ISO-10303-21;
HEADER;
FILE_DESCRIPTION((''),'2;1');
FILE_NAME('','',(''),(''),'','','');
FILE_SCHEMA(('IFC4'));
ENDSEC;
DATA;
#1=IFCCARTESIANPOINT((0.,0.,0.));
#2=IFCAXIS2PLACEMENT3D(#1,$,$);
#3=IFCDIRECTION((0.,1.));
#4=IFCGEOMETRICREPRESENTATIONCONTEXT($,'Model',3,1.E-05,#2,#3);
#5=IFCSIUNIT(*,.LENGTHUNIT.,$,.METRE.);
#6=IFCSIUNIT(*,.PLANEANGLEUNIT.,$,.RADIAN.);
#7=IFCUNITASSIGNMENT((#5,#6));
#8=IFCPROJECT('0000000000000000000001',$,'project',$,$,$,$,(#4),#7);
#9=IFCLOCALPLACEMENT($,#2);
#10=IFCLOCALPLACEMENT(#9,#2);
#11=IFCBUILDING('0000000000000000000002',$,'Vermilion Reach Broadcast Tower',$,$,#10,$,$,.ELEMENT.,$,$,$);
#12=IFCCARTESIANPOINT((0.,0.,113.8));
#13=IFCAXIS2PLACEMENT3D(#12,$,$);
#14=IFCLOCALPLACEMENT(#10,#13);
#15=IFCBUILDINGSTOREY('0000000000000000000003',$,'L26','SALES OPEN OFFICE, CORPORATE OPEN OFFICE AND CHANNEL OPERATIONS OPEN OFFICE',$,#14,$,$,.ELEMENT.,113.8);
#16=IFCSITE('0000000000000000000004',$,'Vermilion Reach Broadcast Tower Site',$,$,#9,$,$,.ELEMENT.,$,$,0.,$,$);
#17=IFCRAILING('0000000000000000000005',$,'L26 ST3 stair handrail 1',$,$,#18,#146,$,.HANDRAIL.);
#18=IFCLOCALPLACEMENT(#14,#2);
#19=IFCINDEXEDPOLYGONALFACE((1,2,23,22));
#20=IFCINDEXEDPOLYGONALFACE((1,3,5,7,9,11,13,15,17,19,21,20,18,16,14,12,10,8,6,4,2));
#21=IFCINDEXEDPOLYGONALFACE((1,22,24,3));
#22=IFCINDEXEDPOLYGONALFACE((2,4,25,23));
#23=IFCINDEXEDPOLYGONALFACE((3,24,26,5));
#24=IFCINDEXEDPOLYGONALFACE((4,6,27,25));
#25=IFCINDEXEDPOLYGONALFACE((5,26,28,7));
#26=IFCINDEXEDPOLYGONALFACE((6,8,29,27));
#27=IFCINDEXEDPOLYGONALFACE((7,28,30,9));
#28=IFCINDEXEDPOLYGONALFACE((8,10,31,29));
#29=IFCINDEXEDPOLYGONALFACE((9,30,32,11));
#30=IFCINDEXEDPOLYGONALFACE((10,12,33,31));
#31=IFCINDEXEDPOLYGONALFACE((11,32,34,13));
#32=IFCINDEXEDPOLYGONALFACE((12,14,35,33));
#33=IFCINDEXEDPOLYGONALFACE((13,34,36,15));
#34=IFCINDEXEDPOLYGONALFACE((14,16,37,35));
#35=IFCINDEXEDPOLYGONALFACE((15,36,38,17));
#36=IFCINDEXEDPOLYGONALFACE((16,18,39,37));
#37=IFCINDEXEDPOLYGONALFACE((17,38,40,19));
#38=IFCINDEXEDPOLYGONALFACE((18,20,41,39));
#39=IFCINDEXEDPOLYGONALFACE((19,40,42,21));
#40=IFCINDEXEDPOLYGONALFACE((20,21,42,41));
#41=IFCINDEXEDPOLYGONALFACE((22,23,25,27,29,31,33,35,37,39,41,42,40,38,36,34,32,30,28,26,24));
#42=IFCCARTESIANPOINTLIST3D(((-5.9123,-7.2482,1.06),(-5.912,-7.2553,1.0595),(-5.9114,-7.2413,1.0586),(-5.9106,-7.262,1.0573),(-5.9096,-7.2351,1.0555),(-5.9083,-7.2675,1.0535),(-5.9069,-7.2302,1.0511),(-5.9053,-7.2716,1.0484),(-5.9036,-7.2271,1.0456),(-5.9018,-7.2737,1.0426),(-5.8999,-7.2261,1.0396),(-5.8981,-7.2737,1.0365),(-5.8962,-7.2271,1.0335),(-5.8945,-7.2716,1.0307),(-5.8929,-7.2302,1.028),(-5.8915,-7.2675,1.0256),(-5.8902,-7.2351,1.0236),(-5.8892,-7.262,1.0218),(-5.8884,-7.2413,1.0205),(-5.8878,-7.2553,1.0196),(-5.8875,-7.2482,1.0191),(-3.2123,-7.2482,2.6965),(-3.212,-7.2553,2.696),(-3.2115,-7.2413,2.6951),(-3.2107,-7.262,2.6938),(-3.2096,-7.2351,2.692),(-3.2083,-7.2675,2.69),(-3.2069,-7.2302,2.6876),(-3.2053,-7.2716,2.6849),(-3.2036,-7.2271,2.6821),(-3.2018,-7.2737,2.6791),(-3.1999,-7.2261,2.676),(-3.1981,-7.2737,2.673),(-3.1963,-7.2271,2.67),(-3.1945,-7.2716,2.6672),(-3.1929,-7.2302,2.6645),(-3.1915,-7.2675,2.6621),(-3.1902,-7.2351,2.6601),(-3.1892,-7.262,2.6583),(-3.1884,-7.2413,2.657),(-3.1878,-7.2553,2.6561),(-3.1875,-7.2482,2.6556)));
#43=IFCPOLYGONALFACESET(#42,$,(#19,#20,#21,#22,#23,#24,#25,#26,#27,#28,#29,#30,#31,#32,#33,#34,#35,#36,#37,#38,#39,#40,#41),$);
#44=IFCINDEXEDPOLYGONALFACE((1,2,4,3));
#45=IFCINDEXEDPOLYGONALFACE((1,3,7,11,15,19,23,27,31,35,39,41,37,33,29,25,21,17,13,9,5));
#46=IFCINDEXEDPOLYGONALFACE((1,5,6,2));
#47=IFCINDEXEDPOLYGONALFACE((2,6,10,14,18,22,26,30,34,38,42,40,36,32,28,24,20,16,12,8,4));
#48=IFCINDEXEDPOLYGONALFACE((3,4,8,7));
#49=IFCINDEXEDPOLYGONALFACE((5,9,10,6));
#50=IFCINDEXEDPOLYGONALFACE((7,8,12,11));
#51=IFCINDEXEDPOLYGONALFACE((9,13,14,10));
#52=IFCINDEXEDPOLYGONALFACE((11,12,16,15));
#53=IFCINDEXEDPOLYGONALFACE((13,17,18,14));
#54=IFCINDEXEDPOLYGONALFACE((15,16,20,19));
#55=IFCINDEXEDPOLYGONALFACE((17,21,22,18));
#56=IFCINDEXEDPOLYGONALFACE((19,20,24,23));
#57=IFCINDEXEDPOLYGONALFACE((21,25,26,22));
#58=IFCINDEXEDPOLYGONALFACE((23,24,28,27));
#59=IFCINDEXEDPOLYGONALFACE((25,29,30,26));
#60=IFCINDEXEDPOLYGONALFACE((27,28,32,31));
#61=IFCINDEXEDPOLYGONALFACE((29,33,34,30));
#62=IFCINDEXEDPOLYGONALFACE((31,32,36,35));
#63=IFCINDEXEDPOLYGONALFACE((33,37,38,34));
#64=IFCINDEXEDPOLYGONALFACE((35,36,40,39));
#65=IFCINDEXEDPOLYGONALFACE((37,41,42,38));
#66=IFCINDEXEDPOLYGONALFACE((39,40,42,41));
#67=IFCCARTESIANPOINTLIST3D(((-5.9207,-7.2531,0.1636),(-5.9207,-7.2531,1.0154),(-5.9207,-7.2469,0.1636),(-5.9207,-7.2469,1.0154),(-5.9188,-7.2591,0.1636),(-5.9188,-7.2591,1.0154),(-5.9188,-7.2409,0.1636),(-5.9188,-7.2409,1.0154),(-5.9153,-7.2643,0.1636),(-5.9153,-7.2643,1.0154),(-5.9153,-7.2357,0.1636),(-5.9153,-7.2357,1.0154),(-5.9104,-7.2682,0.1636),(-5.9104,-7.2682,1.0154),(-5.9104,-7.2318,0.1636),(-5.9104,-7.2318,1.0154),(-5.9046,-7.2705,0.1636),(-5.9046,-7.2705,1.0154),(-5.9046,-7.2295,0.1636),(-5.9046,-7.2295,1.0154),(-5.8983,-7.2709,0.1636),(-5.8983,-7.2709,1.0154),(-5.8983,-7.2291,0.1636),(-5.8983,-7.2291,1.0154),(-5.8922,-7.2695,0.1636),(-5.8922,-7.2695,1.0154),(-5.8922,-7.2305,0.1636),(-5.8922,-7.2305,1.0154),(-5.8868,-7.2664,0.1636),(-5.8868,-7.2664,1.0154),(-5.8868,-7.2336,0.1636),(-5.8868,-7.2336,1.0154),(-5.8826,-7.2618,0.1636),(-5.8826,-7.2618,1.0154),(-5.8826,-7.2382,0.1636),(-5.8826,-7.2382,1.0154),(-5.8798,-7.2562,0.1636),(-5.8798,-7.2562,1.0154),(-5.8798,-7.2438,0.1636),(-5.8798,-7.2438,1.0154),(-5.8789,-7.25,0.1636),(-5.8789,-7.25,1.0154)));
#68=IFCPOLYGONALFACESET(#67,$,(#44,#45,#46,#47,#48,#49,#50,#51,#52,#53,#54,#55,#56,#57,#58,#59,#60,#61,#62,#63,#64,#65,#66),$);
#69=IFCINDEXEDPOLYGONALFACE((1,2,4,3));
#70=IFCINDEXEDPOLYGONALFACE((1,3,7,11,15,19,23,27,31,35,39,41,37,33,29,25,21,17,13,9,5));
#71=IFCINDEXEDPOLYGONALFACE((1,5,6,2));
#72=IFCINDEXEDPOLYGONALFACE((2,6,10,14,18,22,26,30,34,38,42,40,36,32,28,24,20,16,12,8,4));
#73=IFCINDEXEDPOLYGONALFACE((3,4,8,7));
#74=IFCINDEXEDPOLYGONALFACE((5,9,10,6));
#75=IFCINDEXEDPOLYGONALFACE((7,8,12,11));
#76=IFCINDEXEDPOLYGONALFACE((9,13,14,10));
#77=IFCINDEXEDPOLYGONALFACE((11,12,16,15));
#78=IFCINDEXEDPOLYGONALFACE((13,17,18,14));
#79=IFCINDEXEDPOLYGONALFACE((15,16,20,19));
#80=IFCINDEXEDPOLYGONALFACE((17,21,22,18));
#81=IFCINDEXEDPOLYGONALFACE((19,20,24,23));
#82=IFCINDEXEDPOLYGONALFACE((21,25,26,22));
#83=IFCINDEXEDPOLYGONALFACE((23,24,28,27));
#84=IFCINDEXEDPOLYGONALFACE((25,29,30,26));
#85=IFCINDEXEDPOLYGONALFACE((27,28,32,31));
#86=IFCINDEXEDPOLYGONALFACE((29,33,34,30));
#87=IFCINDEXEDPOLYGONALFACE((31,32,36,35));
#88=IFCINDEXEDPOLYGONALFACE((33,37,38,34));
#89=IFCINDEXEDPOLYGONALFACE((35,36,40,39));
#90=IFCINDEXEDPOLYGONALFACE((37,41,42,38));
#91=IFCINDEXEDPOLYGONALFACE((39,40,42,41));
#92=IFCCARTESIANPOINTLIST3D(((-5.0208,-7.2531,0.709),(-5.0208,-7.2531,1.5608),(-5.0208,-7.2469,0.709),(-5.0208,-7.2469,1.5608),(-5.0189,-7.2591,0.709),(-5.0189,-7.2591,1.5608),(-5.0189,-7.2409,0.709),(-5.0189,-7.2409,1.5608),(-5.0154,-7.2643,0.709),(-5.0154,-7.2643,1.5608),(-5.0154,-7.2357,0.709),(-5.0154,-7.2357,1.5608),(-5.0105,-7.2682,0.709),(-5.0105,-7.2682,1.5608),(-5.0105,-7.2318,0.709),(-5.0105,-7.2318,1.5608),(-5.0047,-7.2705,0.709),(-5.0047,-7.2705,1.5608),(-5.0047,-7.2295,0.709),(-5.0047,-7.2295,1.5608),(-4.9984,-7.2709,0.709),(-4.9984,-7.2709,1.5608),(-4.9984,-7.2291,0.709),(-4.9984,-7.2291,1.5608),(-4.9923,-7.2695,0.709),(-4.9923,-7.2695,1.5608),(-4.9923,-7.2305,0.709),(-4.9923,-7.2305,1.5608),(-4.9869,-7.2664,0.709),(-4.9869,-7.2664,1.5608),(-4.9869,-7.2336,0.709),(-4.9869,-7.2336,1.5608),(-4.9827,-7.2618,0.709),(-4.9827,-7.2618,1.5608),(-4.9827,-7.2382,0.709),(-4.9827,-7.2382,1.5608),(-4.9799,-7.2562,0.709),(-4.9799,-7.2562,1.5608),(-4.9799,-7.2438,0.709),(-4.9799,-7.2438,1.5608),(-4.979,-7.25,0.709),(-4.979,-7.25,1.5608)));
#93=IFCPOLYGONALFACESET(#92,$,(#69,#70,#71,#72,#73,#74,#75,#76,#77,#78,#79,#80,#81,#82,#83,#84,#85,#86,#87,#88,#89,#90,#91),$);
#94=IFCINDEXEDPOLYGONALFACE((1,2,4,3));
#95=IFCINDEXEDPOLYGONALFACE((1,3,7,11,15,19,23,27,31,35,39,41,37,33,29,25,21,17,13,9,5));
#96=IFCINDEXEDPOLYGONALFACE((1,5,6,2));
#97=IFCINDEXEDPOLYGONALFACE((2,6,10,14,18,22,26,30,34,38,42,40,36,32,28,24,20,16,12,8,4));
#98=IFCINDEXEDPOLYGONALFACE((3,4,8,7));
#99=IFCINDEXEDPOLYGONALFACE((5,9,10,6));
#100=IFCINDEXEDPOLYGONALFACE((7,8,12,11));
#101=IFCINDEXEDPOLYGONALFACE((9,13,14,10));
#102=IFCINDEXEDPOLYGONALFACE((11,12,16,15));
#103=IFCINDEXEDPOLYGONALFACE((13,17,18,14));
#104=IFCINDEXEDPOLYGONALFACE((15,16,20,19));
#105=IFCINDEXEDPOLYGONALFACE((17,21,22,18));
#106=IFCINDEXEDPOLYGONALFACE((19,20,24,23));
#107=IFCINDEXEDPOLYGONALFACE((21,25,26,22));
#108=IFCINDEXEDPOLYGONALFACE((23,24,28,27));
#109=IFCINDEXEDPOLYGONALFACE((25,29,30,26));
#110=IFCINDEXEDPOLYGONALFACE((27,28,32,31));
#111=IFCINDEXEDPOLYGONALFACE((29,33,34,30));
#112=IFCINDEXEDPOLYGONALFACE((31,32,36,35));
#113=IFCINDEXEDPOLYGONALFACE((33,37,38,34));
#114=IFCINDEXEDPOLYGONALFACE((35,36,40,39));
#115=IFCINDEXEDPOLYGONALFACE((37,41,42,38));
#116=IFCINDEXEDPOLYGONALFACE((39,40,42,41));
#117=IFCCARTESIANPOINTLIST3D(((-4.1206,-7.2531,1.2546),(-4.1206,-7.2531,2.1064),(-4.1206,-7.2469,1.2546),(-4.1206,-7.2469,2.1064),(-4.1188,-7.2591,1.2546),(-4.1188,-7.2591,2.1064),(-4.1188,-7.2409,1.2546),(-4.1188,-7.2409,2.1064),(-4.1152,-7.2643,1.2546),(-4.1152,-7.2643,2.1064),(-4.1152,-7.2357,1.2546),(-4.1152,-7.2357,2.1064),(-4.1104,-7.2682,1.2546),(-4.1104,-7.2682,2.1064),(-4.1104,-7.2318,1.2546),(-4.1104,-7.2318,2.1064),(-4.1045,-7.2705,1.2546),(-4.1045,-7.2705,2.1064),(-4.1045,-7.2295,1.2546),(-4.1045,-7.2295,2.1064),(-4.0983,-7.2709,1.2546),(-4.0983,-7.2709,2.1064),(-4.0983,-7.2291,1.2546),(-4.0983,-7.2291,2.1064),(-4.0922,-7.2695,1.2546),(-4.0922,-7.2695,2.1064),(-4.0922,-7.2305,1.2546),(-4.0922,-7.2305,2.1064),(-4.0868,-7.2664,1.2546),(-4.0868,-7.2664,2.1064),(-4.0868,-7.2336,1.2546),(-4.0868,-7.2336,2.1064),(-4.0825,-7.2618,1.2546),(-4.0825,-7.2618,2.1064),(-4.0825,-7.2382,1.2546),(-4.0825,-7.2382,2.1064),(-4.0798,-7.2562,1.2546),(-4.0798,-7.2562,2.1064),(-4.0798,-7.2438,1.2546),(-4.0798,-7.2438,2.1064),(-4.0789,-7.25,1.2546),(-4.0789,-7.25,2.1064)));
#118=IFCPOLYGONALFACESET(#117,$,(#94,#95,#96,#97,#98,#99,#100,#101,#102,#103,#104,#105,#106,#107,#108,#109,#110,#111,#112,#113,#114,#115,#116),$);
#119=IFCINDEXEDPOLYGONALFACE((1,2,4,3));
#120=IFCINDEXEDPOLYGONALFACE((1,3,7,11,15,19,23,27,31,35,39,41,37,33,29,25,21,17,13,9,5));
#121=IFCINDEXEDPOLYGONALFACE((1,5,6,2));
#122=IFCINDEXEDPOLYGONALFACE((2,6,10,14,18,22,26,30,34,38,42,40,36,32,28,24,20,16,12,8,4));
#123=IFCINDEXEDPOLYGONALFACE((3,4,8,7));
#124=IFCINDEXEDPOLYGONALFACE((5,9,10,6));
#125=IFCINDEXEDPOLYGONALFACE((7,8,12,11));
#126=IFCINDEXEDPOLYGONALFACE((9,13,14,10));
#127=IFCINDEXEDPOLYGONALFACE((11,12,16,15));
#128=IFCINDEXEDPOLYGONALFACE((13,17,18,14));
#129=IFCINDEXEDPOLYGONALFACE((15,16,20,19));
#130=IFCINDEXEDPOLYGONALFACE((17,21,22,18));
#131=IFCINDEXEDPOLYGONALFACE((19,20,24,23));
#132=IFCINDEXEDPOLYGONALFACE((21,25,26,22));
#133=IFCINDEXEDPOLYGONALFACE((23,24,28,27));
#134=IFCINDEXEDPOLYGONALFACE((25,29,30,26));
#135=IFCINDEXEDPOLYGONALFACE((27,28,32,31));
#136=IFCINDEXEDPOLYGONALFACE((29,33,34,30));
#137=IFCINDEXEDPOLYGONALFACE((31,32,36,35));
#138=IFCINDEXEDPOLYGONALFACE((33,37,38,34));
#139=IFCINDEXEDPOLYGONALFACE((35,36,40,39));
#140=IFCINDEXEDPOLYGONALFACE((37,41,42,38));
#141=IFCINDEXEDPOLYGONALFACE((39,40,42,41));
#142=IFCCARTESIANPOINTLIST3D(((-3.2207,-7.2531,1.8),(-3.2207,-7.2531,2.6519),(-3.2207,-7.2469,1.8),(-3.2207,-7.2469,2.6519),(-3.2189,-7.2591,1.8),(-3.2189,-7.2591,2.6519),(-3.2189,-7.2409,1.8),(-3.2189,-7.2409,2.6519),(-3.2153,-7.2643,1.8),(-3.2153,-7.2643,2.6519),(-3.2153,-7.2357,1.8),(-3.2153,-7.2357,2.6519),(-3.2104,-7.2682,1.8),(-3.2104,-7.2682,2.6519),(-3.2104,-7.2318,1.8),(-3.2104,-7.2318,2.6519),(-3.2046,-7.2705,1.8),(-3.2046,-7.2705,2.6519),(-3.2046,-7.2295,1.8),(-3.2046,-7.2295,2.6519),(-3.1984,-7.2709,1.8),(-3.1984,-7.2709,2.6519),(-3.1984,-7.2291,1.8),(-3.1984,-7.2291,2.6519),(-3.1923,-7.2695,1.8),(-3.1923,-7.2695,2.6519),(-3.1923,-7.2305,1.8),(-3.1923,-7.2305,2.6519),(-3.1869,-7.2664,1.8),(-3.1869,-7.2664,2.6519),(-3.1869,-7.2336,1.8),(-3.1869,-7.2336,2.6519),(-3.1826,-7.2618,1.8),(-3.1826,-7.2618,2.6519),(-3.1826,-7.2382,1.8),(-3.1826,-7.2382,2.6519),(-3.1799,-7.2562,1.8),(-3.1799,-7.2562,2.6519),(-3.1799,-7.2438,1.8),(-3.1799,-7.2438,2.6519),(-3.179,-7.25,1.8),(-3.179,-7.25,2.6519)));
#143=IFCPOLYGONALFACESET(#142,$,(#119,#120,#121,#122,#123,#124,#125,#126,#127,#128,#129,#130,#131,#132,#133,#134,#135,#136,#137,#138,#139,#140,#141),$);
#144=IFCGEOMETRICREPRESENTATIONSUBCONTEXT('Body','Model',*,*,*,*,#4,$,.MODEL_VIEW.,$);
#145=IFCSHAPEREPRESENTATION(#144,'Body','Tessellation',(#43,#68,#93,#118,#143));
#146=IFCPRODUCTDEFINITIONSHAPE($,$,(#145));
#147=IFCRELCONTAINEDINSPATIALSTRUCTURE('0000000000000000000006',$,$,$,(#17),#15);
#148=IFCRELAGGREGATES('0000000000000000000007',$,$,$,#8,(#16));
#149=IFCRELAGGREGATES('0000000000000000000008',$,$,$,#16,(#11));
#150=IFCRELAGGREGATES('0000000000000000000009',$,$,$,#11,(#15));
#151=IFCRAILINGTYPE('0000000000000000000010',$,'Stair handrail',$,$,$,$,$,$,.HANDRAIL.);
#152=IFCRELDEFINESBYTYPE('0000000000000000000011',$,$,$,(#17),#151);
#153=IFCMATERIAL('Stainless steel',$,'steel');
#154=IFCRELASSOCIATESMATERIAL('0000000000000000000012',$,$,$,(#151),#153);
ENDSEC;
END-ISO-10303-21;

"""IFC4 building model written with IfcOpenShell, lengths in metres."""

from ifc_helpers import new_model, si_unit, direction, frame, origin, origin_2d, place, context, subcontext, project, spatial, circle, extrude, material, type_object, element, save


model = new_model("IFC4")

# Units and contexts
model_context = context("Model", 3, precision=1e-05, world=origin(), true_north=direction((0.0, 1.0)))
body_context = subcontext(model_context, "Body", "Model", "MODEL_VIEW")
ifc_project = project(units=[si_unit("LENGTHUNIT", "METRE"), si_unit("PLANEANGLEUNIT", "RADIAN")], contexts=[model_context])

# Site, building, storey
site_placement = place(None, origin())
site = spatial("IfcSite", under=ifc_project, at=site_placement, Name="Vermilion Reach Broadcast Tower Site", CompositionType="ELEMENT", RefElevation=0.0)
building_placement = place(site_placement, origin())
building = spatial("IfcBuilding", under=site, at=building_placement, Name="Vermilion Reach Broadcast Tower", CompositionType="ELEMENT")
storey_placement = place(building_placement, frame((0.0, 0.0, 113.8)))
storey = spatial("IfcBuildingStorey", under=building, at=storey_placement, Name="L26", Description="SALES OPEN OFFICE, CORPORATE OPEN OFFICE AND CHANNEL OPERATIONS OPEN OFFICE", CompositionType="ELEMENT", Elevation=113.8)

# Railing
ifc_material_1 = material(Name="Stainless steel", Category="steel")
railing_type_1 = type_object("IfcRailingType", Name="Stair handrail", PredefinedType="HANDRAIL", material=ifc_material_1)
railing_1_placement = place(storey_placement, frame((-5.8999, -7.25, 0.1636)))
element("IfcRailing", 1, at=railing_1_placement, inside=storey, type_object=railing_type_1, Name="L26 ST3 stair handrail 1", PredefinedType="HANDRAIL", context=body_context, shape_type="SweptSolid", body=[
    extrude(circle(Radius=0.0239, at=origin_2d()), frame((0.0, 0.0, 0.876), z_axis=(0.855178, 0.0, 0.518334), x_axis=(0.0, 1.0, 0.0)), (0.0, 0.0, 1.0), 3.1572),
    extrude(circle(Radius=0.021, at=origin_2d()), origin(), (0.0, 0.0, 1.0), 0.8518),
    extrude(circle(Radius=0.021, at=origin_2d()), frame((0.8999, 0.0, 0.5454)), (0.0, 0.0, 1.0), 0.8518),
    extrude(circle(Radius=0.021, at=origin_2d()), frame((1.8, 0.0, 1.0911)), (0.0, 0.0, 1.0), 0.8518),
    extrude(circle(Radius=0.021, at=origin_2d()), frame((2.7, 0.0, 1.6365)), (0.0, 0.0, 1.0), 0.8518),
])

save(model, "model.ifc")
